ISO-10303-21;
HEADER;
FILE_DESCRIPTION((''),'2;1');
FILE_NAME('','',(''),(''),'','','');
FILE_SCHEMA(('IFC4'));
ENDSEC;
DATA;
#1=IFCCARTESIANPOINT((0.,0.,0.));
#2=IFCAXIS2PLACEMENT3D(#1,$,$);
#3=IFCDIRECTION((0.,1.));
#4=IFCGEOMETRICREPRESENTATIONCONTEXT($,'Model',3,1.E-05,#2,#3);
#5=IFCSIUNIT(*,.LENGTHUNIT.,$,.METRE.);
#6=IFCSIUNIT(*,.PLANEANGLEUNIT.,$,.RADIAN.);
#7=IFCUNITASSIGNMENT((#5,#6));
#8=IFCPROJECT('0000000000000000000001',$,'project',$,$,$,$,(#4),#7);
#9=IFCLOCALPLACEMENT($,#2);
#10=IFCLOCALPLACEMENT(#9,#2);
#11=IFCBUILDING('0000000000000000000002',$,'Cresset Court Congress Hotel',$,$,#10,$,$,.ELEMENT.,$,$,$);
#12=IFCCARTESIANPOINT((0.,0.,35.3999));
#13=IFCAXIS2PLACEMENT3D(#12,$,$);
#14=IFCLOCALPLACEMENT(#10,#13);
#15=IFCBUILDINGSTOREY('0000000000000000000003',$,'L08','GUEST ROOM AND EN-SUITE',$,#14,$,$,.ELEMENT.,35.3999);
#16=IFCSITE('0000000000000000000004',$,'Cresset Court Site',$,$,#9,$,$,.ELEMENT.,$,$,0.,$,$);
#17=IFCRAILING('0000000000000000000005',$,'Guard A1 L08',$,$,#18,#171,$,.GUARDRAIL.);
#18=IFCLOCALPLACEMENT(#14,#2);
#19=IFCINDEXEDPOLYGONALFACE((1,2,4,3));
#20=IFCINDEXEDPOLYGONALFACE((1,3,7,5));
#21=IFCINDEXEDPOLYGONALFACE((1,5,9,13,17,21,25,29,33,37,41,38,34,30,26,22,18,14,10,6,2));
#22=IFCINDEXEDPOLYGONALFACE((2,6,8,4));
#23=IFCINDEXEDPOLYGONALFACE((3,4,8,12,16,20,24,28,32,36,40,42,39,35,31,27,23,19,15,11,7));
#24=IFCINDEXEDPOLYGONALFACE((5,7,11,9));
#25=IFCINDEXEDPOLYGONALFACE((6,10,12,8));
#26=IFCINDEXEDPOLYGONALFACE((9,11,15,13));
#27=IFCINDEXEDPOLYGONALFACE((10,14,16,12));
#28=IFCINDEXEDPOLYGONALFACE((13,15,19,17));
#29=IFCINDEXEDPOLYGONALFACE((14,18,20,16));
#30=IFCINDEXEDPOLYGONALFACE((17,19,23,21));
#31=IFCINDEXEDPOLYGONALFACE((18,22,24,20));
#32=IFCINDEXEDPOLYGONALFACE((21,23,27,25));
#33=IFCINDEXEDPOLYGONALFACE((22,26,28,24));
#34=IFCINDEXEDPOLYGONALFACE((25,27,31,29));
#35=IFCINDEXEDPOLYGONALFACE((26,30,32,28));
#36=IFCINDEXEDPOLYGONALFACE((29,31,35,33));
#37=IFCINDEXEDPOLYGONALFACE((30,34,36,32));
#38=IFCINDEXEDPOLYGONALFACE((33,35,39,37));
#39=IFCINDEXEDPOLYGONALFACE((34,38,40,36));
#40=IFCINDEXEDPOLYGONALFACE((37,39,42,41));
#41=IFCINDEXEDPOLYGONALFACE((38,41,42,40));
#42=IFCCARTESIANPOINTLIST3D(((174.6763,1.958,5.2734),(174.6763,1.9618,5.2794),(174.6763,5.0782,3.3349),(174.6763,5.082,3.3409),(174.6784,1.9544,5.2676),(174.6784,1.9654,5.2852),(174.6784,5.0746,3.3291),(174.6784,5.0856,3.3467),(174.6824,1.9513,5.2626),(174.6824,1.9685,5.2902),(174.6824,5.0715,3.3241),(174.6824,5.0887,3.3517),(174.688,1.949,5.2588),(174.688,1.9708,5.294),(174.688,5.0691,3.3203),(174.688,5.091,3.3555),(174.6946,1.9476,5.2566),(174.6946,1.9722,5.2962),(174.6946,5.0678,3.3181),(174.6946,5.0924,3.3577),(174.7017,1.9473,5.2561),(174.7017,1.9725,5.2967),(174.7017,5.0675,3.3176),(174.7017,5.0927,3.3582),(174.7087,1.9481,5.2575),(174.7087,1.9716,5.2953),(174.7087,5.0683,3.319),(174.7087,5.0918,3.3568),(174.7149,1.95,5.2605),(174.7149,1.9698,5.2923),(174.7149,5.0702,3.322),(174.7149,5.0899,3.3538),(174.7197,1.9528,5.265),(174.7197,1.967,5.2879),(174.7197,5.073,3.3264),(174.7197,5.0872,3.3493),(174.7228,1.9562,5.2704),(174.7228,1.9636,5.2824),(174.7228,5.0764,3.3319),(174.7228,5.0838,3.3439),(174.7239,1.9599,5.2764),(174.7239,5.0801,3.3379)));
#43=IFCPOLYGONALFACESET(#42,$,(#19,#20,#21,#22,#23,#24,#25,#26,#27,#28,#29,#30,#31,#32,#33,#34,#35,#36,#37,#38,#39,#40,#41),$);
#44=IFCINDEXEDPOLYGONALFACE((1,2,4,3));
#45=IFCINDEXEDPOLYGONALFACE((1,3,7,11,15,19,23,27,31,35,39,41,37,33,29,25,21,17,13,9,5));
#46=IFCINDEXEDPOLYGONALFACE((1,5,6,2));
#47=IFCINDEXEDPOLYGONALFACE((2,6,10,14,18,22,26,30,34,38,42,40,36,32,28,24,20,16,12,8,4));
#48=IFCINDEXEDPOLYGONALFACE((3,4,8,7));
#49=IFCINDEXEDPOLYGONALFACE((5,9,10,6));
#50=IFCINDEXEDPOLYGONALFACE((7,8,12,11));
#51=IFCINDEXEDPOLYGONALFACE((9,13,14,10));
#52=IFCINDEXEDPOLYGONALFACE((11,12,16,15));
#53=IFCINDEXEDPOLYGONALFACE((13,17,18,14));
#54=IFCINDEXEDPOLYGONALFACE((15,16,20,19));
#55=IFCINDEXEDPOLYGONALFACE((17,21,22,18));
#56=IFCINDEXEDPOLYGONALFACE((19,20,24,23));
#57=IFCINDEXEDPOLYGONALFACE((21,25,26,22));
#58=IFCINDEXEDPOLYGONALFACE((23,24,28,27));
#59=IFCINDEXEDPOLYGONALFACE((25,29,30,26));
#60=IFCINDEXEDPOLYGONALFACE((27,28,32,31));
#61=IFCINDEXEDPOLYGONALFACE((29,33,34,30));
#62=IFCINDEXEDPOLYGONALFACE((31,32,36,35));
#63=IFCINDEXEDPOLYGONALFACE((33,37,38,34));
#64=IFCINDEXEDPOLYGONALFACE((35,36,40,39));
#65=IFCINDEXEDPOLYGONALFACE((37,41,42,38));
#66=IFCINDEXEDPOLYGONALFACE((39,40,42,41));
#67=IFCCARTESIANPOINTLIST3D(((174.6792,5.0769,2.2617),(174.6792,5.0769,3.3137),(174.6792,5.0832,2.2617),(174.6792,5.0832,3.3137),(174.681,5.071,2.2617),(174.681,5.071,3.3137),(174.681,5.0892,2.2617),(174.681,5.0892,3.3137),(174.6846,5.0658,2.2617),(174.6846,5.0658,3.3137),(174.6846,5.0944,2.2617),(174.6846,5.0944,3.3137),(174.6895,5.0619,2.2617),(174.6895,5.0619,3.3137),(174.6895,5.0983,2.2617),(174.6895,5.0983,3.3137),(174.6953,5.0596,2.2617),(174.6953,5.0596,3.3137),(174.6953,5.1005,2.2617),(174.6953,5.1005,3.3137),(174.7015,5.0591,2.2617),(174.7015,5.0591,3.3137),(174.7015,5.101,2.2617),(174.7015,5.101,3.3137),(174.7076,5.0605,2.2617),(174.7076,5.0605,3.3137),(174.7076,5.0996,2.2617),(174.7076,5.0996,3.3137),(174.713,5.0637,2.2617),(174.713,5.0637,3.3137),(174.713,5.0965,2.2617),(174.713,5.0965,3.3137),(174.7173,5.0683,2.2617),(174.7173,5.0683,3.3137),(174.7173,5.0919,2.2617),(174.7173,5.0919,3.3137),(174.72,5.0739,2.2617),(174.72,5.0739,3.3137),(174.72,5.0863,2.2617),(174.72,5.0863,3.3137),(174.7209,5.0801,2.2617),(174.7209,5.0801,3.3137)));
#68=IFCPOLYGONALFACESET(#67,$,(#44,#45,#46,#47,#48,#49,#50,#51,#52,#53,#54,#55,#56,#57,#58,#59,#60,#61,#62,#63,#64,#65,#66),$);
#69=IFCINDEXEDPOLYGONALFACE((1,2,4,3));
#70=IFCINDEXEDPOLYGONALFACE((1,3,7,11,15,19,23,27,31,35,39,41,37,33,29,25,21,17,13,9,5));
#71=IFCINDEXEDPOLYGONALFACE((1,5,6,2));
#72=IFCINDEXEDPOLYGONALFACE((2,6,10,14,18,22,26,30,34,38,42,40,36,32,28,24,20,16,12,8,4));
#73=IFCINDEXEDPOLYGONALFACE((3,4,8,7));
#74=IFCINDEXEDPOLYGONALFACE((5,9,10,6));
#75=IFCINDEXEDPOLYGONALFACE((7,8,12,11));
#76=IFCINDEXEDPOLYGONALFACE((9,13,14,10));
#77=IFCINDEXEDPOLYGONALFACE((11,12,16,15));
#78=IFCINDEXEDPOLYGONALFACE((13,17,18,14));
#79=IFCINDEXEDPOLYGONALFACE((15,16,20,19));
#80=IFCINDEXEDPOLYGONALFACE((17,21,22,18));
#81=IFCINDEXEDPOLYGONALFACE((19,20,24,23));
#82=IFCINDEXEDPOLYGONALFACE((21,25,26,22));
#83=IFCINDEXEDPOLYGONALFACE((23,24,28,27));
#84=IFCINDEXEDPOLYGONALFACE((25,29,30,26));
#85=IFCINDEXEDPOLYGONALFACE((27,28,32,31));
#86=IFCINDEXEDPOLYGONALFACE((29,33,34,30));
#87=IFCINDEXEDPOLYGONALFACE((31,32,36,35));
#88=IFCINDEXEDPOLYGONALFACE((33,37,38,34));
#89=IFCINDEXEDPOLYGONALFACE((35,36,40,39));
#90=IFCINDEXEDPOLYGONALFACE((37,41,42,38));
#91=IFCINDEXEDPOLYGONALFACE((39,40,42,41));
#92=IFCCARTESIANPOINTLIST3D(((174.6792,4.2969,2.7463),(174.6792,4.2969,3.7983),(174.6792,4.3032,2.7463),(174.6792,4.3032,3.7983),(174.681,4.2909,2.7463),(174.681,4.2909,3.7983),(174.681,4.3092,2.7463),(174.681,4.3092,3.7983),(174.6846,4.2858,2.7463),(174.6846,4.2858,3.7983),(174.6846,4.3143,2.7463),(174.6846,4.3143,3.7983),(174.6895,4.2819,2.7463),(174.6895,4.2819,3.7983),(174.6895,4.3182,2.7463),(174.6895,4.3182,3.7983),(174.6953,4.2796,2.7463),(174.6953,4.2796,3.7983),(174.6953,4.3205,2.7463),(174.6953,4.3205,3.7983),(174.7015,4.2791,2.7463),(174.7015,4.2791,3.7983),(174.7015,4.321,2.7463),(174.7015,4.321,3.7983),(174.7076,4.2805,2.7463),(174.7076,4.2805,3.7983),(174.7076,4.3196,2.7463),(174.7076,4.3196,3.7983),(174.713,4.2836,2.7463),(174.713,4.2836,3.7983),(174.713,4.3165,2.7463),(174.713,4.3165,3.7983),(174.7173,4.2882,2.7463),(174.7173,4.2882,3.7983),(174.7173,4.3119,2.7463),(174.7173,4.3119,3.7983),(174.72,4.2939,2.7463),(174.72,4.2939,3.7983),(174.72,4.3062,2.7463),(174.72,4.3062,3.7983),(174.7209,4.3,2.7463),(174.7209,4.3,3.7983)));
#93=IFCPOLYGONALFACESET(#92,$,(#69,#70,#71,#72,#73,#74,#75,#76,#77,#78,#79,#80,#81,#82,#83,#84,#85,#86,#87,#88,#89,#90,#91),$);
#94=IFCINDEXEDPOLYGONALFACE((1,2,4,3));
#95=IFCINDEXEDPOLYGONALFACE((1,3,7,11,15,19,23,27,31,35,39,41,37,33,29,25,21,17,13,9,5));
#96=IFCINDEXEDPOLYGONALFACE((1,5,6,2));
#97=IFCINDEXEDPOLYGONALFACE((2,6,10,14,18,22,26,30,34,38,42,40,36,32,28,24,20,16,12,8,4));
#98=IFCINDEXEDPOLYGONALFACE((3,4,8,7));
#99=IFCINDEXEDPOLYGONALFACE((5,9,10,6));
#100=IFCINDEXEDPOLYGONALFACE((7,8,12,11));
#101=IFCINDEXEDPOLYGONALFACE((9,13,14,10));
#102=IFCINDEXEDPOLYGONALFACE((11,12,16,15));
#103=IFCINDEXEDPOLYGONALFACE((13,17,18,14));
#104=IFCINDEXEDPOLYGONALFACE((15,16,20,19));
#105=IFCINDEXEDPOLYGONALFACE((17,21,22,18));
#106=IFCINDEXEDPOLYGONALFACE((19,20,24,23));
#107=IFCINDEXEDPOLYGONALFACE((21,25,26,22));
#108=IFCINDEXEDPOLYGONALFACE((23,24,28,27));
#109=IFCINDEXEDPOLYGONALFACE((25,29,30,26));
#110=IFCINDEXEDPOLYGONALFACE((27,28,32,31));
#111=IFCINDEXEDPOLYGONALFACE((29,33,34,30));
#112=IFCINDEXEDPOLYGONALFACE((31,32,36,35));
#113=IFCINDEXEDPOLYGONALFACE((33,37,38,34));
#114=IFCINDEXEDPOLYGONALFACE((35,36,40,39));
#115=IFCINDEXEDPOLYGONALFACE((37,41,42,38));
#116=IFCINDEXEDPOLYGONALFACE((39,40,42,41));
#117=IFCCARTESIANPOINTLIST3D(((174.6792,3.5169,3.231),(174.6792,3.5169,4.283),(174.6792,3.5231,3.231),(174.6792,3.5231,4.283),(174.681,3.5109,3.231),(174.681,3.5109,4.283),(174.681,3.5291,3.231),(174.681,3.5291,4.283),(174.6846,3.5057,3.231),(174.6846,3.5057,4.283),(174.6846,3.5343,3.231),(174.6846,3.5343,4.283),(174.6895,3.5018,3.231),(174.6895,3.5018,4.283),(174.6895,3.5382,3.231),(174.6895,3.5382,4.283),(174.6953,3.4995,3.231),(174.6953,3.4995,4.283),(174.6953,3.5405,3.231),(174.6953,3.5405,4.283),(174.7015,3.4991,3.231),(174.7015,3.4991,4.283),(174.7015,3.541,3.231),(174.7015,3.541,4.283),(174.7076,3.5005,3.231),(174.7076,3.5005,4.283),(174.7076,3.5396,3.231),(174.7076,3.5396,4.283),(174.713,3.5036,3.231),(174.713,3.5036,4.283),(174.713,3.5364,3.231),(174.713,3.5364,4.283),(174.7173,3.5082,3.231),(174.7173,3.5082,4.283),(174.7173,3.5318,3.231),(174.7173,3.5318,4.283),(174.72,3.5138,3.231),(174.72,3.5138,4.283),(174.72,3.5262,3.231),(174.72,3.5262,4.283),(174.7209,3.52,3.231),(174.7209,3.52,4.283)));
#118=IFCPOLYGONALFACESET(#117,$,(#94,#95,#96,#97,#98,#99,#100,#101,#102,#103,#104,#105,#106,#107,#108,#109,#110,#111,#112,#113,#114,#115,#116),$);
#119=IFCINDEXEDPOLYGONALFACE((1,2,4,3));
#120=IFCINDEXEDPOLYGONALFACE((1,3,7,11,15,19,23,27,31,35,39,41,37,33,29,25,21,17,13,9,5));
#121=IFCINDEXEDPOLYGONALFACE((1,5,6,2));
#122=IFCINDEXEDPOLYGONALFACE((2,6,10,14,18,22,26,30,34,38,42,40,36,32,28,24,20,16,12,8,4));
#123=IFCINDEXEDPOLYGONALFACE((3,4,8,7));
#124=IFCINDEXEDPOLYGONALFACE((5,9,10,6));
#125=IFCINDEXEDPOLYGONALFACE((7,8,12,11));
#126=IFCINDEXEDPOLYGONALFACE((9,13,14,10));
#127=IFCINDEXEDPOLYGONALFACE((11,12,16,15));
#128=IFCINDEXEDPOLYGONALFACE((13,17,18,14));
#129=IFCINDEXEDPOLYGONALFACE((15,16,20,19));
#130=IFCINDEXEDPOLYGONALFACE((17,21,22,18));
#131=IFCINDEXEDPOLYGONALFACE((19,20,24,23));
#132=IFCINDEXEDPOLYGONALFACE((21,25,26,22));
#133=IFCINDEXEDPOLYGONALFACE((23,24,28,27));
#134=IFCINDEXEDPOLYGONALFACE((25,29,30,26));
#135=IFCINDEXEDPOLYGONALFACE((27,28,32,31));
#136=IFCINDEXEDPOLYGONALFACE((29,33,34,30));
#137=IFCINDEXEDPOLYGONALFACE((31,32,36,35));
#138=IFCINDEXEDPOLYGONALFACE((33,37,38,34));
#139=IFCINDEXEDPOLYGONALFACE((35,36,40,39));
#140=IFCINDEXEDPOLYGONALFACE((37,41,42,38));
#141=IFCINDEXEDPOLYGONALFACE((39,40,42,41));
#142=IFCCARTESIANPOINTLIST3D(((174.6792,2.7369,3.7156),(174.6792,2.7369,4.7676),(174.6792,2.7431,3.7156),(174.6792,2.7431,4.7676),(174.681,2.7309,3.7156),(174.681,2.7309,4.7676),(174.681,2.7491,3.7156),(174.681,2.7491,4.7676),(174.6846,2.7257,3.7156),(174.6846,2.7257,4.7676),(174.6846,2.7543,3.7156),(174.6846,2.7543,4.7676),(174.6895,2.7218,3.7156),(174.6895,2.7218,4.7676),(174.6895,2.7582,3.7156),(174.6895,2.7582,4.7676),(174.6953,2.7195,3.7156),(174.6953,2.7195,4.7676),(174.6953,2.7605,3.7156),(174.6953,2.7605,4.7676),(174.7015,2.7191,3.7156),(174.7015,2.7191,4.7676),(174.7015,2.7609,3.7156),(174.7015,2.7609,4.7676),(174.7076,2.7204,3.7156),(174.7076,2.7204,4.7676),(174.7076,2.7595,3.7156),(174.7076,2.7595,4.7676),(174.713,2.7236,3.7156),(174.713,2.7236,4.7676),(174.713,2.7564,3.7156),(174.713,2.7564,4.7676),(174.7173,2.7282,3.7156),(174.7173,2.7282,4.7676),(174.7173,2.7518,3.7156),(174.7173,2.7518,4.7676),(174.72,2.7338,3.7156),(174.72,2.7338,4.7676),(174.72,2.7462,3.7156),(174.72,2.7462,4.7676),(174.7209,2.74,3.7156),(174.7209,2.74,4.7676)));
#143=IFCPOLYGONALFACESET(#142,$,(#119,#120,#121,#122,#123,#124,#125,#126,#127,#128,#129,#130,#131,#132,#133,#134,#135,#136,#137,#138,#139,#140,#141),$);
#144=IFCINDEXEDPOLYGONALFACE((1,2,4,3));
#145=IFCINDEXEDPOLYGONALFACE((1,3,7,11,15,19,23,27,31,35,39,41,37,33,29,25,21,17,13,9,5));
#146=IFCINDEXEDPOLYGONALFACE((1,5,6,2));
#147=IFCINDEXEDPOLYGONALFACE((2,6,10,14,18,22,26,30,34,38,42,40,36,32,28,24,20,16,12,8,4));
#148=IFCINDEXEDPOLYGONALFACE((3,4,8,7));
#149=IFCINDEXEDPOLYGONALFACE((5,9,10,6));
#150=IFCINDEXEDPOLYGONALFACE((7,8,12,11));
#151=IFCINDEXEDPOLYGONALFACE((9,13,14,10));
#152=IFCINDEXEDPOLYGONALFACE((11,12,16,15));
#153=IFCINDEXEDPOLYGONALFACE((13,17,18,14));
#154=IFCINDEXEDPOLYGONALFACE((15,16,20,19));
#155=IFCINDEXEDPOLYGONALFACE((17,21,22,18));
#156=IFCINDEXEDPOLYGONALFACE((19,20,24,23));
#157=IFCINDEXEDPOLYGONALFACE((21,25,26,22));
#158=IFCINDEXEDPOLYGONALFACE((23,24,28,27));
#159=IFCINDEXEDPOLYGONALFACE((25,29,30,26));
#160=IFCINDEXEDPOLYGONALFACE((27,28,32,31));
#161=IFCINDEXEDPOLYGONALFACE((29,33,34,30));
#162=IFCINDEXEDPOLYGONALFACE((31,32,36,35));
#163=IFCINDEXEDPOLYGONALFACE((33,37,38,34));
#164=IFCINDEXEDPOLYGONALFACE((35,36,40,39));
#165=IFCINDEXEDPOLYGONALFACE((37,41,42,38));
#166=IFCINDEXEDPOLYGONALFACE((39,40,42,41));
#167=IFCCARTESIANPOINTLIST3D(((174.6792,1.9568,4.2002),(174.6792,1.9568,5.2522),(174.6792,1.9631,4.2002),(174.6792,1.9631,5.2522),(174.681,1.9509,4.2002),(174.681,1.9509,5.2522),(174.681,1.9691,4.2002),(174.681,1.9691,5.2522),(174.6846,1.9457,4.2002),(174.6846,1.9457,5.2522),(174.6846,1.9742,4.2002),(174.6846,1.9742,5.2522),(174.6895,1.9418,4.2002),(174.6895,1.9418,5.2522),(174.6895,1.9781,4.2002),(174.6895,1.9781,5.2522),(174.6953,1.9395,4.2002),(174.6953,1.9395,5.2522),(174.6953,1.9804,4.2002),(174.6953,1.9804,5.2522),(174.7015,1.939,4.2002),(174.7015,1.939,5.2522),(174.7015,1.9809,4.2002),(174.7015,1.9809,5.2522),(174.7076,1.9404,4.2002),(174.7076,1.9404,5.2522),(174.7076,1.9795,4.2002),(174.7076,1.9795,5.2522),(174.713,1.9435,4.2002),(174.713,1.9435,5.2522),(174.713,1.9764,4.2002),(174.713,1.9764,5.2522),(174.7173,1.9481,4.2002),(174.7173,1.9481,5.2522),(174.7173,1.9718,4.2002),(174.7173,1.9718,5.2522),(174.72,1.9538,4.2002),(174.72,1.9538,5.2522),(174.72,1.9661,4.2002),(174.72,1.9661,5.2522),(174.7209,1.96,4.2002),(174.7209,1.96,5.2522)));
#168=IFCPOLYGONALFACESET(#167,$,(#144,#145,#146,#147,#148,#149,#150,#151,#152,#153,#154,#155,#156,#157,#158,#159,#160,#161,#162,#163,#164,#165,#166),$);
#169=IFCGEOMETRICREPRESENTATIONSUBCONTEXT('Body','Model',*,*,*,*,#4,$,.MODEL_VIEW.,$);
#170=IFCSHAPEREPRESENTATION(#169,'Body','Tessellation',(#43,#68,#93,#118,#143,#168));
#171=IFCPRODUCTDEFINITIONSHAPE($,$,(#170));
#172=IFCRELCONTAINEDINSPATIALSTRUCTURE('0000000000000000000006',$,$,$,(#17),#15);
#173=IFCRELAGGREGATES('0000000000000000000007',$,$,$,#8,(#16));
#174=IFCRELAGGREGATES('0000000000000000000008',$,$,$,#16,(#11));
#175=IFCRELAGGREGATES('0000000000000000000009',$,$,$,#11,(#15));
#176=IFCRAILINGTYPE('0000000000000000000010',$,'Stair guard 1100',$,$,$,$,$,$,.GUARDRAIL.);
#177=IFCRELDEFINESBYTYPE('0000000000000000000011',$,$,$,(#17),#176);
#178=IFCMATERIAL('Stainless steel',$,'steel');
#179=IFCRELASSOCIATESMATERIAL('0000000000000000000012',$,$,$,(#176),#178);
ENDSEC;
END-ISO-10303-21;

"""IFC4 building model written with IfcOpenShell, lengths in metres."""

from ifc_helpers import new_model, si_unit, direction, frame, origin, origin_2d, place, context, subcontext, project, spatial, circle, extrude, material, type_object, element, save


model = new_model("IFC4")

# Units and contexts
model_context = context("Model", 3, precision=1e-05, world=origin(), true_north=direction((0.0, 1.0)))
body_context = subcontext(model_context, "Body", "Model", "MODEL_VIEW")
ifc_project = project(units=[si_unit("LENGTHUNIT", "METRE"), si_unit("PLANEANGLEUNIT", "RADIAN")], contexts=[model_context])

# Site, building, storey
site_placement = place(None, origin())
site = spatial("IfcSite", under=ifc_project, at=site_placement, Name="Cresset Court Site", CompositionType="ELEMENT", RefElevation=0.0)
building_placement = place(site_placement, origin())
building = spatial("IfcBuilding", under=site, at=building_placement, Name="Cresset Court Congress Hotel", CompositionType="ELEMENT")
storey_placement = place(building_placement, frame((0.0, 0.0, 35.3999)))
storey = spatial("IfcBuildingStorey", under=building, at=storey_placement, Name="L08", Description="GUEST ROOM AND EN-SUITE", CompositionType="ELEMENT", Elevation=35.3999)

# Railing
ifc_material_1 = material(Name="Stainless steel", Category="steel")
railing_type_1 = type_object("IfcRailingType", Name="Stair guard 1100", PredefinedType="GUARDRAIL", material=ifc_material_1)
railing_1_placement = place(storey_placement, frame((174.7, 5.0801, 2.2617)))
element("IfcRailing", 1, at=railing_1_placement, inside=storey, type_object=railing_type_1, Name="Guard A1 L08", PredefinedType="GUARDRAIL", context=body_context, shape_type="SweptSolid", body=[
    extrude(circle(Radius=0.0239, at=origin_2d()), frame((0.0, 0.0, 1.0762), z_axis=(0.0, -0.849414, 0.527727), x_axis=(1.0, 0.0, 0.0)), (0.0, 0.0, 1.0), 3.6733),
    extrude(circle(Radius=0.021, at=origin_2d()), origin(), (0.0, 0.0, 1.0), 1.052),
    extrude(circle(Radius=0.021, at=origin_2d()), frame((0.0, -0.78, 0.4846)), (0.0, 0.0, 1.0), 1.052),
    extrude(circle(Radius=0.021, at=origin_2d()), frame((0.0, -1.5601, 0.9692)), (0.0, 0.0, 1.0), 1.052),
    extrude(circle(Radius=0.021, at=origin_2d()), frame((0.0, -2.3401, 1.4539)), (0.0, 0.0, 1.0), 1.052),
    extrude(circle(Radius=0.021, at=origin_2d()), frame((0.0, -3.1201, 1.9385)), (0.0, 0.0, 1.0), 1.052),
])

save(model, "model.ifc")
